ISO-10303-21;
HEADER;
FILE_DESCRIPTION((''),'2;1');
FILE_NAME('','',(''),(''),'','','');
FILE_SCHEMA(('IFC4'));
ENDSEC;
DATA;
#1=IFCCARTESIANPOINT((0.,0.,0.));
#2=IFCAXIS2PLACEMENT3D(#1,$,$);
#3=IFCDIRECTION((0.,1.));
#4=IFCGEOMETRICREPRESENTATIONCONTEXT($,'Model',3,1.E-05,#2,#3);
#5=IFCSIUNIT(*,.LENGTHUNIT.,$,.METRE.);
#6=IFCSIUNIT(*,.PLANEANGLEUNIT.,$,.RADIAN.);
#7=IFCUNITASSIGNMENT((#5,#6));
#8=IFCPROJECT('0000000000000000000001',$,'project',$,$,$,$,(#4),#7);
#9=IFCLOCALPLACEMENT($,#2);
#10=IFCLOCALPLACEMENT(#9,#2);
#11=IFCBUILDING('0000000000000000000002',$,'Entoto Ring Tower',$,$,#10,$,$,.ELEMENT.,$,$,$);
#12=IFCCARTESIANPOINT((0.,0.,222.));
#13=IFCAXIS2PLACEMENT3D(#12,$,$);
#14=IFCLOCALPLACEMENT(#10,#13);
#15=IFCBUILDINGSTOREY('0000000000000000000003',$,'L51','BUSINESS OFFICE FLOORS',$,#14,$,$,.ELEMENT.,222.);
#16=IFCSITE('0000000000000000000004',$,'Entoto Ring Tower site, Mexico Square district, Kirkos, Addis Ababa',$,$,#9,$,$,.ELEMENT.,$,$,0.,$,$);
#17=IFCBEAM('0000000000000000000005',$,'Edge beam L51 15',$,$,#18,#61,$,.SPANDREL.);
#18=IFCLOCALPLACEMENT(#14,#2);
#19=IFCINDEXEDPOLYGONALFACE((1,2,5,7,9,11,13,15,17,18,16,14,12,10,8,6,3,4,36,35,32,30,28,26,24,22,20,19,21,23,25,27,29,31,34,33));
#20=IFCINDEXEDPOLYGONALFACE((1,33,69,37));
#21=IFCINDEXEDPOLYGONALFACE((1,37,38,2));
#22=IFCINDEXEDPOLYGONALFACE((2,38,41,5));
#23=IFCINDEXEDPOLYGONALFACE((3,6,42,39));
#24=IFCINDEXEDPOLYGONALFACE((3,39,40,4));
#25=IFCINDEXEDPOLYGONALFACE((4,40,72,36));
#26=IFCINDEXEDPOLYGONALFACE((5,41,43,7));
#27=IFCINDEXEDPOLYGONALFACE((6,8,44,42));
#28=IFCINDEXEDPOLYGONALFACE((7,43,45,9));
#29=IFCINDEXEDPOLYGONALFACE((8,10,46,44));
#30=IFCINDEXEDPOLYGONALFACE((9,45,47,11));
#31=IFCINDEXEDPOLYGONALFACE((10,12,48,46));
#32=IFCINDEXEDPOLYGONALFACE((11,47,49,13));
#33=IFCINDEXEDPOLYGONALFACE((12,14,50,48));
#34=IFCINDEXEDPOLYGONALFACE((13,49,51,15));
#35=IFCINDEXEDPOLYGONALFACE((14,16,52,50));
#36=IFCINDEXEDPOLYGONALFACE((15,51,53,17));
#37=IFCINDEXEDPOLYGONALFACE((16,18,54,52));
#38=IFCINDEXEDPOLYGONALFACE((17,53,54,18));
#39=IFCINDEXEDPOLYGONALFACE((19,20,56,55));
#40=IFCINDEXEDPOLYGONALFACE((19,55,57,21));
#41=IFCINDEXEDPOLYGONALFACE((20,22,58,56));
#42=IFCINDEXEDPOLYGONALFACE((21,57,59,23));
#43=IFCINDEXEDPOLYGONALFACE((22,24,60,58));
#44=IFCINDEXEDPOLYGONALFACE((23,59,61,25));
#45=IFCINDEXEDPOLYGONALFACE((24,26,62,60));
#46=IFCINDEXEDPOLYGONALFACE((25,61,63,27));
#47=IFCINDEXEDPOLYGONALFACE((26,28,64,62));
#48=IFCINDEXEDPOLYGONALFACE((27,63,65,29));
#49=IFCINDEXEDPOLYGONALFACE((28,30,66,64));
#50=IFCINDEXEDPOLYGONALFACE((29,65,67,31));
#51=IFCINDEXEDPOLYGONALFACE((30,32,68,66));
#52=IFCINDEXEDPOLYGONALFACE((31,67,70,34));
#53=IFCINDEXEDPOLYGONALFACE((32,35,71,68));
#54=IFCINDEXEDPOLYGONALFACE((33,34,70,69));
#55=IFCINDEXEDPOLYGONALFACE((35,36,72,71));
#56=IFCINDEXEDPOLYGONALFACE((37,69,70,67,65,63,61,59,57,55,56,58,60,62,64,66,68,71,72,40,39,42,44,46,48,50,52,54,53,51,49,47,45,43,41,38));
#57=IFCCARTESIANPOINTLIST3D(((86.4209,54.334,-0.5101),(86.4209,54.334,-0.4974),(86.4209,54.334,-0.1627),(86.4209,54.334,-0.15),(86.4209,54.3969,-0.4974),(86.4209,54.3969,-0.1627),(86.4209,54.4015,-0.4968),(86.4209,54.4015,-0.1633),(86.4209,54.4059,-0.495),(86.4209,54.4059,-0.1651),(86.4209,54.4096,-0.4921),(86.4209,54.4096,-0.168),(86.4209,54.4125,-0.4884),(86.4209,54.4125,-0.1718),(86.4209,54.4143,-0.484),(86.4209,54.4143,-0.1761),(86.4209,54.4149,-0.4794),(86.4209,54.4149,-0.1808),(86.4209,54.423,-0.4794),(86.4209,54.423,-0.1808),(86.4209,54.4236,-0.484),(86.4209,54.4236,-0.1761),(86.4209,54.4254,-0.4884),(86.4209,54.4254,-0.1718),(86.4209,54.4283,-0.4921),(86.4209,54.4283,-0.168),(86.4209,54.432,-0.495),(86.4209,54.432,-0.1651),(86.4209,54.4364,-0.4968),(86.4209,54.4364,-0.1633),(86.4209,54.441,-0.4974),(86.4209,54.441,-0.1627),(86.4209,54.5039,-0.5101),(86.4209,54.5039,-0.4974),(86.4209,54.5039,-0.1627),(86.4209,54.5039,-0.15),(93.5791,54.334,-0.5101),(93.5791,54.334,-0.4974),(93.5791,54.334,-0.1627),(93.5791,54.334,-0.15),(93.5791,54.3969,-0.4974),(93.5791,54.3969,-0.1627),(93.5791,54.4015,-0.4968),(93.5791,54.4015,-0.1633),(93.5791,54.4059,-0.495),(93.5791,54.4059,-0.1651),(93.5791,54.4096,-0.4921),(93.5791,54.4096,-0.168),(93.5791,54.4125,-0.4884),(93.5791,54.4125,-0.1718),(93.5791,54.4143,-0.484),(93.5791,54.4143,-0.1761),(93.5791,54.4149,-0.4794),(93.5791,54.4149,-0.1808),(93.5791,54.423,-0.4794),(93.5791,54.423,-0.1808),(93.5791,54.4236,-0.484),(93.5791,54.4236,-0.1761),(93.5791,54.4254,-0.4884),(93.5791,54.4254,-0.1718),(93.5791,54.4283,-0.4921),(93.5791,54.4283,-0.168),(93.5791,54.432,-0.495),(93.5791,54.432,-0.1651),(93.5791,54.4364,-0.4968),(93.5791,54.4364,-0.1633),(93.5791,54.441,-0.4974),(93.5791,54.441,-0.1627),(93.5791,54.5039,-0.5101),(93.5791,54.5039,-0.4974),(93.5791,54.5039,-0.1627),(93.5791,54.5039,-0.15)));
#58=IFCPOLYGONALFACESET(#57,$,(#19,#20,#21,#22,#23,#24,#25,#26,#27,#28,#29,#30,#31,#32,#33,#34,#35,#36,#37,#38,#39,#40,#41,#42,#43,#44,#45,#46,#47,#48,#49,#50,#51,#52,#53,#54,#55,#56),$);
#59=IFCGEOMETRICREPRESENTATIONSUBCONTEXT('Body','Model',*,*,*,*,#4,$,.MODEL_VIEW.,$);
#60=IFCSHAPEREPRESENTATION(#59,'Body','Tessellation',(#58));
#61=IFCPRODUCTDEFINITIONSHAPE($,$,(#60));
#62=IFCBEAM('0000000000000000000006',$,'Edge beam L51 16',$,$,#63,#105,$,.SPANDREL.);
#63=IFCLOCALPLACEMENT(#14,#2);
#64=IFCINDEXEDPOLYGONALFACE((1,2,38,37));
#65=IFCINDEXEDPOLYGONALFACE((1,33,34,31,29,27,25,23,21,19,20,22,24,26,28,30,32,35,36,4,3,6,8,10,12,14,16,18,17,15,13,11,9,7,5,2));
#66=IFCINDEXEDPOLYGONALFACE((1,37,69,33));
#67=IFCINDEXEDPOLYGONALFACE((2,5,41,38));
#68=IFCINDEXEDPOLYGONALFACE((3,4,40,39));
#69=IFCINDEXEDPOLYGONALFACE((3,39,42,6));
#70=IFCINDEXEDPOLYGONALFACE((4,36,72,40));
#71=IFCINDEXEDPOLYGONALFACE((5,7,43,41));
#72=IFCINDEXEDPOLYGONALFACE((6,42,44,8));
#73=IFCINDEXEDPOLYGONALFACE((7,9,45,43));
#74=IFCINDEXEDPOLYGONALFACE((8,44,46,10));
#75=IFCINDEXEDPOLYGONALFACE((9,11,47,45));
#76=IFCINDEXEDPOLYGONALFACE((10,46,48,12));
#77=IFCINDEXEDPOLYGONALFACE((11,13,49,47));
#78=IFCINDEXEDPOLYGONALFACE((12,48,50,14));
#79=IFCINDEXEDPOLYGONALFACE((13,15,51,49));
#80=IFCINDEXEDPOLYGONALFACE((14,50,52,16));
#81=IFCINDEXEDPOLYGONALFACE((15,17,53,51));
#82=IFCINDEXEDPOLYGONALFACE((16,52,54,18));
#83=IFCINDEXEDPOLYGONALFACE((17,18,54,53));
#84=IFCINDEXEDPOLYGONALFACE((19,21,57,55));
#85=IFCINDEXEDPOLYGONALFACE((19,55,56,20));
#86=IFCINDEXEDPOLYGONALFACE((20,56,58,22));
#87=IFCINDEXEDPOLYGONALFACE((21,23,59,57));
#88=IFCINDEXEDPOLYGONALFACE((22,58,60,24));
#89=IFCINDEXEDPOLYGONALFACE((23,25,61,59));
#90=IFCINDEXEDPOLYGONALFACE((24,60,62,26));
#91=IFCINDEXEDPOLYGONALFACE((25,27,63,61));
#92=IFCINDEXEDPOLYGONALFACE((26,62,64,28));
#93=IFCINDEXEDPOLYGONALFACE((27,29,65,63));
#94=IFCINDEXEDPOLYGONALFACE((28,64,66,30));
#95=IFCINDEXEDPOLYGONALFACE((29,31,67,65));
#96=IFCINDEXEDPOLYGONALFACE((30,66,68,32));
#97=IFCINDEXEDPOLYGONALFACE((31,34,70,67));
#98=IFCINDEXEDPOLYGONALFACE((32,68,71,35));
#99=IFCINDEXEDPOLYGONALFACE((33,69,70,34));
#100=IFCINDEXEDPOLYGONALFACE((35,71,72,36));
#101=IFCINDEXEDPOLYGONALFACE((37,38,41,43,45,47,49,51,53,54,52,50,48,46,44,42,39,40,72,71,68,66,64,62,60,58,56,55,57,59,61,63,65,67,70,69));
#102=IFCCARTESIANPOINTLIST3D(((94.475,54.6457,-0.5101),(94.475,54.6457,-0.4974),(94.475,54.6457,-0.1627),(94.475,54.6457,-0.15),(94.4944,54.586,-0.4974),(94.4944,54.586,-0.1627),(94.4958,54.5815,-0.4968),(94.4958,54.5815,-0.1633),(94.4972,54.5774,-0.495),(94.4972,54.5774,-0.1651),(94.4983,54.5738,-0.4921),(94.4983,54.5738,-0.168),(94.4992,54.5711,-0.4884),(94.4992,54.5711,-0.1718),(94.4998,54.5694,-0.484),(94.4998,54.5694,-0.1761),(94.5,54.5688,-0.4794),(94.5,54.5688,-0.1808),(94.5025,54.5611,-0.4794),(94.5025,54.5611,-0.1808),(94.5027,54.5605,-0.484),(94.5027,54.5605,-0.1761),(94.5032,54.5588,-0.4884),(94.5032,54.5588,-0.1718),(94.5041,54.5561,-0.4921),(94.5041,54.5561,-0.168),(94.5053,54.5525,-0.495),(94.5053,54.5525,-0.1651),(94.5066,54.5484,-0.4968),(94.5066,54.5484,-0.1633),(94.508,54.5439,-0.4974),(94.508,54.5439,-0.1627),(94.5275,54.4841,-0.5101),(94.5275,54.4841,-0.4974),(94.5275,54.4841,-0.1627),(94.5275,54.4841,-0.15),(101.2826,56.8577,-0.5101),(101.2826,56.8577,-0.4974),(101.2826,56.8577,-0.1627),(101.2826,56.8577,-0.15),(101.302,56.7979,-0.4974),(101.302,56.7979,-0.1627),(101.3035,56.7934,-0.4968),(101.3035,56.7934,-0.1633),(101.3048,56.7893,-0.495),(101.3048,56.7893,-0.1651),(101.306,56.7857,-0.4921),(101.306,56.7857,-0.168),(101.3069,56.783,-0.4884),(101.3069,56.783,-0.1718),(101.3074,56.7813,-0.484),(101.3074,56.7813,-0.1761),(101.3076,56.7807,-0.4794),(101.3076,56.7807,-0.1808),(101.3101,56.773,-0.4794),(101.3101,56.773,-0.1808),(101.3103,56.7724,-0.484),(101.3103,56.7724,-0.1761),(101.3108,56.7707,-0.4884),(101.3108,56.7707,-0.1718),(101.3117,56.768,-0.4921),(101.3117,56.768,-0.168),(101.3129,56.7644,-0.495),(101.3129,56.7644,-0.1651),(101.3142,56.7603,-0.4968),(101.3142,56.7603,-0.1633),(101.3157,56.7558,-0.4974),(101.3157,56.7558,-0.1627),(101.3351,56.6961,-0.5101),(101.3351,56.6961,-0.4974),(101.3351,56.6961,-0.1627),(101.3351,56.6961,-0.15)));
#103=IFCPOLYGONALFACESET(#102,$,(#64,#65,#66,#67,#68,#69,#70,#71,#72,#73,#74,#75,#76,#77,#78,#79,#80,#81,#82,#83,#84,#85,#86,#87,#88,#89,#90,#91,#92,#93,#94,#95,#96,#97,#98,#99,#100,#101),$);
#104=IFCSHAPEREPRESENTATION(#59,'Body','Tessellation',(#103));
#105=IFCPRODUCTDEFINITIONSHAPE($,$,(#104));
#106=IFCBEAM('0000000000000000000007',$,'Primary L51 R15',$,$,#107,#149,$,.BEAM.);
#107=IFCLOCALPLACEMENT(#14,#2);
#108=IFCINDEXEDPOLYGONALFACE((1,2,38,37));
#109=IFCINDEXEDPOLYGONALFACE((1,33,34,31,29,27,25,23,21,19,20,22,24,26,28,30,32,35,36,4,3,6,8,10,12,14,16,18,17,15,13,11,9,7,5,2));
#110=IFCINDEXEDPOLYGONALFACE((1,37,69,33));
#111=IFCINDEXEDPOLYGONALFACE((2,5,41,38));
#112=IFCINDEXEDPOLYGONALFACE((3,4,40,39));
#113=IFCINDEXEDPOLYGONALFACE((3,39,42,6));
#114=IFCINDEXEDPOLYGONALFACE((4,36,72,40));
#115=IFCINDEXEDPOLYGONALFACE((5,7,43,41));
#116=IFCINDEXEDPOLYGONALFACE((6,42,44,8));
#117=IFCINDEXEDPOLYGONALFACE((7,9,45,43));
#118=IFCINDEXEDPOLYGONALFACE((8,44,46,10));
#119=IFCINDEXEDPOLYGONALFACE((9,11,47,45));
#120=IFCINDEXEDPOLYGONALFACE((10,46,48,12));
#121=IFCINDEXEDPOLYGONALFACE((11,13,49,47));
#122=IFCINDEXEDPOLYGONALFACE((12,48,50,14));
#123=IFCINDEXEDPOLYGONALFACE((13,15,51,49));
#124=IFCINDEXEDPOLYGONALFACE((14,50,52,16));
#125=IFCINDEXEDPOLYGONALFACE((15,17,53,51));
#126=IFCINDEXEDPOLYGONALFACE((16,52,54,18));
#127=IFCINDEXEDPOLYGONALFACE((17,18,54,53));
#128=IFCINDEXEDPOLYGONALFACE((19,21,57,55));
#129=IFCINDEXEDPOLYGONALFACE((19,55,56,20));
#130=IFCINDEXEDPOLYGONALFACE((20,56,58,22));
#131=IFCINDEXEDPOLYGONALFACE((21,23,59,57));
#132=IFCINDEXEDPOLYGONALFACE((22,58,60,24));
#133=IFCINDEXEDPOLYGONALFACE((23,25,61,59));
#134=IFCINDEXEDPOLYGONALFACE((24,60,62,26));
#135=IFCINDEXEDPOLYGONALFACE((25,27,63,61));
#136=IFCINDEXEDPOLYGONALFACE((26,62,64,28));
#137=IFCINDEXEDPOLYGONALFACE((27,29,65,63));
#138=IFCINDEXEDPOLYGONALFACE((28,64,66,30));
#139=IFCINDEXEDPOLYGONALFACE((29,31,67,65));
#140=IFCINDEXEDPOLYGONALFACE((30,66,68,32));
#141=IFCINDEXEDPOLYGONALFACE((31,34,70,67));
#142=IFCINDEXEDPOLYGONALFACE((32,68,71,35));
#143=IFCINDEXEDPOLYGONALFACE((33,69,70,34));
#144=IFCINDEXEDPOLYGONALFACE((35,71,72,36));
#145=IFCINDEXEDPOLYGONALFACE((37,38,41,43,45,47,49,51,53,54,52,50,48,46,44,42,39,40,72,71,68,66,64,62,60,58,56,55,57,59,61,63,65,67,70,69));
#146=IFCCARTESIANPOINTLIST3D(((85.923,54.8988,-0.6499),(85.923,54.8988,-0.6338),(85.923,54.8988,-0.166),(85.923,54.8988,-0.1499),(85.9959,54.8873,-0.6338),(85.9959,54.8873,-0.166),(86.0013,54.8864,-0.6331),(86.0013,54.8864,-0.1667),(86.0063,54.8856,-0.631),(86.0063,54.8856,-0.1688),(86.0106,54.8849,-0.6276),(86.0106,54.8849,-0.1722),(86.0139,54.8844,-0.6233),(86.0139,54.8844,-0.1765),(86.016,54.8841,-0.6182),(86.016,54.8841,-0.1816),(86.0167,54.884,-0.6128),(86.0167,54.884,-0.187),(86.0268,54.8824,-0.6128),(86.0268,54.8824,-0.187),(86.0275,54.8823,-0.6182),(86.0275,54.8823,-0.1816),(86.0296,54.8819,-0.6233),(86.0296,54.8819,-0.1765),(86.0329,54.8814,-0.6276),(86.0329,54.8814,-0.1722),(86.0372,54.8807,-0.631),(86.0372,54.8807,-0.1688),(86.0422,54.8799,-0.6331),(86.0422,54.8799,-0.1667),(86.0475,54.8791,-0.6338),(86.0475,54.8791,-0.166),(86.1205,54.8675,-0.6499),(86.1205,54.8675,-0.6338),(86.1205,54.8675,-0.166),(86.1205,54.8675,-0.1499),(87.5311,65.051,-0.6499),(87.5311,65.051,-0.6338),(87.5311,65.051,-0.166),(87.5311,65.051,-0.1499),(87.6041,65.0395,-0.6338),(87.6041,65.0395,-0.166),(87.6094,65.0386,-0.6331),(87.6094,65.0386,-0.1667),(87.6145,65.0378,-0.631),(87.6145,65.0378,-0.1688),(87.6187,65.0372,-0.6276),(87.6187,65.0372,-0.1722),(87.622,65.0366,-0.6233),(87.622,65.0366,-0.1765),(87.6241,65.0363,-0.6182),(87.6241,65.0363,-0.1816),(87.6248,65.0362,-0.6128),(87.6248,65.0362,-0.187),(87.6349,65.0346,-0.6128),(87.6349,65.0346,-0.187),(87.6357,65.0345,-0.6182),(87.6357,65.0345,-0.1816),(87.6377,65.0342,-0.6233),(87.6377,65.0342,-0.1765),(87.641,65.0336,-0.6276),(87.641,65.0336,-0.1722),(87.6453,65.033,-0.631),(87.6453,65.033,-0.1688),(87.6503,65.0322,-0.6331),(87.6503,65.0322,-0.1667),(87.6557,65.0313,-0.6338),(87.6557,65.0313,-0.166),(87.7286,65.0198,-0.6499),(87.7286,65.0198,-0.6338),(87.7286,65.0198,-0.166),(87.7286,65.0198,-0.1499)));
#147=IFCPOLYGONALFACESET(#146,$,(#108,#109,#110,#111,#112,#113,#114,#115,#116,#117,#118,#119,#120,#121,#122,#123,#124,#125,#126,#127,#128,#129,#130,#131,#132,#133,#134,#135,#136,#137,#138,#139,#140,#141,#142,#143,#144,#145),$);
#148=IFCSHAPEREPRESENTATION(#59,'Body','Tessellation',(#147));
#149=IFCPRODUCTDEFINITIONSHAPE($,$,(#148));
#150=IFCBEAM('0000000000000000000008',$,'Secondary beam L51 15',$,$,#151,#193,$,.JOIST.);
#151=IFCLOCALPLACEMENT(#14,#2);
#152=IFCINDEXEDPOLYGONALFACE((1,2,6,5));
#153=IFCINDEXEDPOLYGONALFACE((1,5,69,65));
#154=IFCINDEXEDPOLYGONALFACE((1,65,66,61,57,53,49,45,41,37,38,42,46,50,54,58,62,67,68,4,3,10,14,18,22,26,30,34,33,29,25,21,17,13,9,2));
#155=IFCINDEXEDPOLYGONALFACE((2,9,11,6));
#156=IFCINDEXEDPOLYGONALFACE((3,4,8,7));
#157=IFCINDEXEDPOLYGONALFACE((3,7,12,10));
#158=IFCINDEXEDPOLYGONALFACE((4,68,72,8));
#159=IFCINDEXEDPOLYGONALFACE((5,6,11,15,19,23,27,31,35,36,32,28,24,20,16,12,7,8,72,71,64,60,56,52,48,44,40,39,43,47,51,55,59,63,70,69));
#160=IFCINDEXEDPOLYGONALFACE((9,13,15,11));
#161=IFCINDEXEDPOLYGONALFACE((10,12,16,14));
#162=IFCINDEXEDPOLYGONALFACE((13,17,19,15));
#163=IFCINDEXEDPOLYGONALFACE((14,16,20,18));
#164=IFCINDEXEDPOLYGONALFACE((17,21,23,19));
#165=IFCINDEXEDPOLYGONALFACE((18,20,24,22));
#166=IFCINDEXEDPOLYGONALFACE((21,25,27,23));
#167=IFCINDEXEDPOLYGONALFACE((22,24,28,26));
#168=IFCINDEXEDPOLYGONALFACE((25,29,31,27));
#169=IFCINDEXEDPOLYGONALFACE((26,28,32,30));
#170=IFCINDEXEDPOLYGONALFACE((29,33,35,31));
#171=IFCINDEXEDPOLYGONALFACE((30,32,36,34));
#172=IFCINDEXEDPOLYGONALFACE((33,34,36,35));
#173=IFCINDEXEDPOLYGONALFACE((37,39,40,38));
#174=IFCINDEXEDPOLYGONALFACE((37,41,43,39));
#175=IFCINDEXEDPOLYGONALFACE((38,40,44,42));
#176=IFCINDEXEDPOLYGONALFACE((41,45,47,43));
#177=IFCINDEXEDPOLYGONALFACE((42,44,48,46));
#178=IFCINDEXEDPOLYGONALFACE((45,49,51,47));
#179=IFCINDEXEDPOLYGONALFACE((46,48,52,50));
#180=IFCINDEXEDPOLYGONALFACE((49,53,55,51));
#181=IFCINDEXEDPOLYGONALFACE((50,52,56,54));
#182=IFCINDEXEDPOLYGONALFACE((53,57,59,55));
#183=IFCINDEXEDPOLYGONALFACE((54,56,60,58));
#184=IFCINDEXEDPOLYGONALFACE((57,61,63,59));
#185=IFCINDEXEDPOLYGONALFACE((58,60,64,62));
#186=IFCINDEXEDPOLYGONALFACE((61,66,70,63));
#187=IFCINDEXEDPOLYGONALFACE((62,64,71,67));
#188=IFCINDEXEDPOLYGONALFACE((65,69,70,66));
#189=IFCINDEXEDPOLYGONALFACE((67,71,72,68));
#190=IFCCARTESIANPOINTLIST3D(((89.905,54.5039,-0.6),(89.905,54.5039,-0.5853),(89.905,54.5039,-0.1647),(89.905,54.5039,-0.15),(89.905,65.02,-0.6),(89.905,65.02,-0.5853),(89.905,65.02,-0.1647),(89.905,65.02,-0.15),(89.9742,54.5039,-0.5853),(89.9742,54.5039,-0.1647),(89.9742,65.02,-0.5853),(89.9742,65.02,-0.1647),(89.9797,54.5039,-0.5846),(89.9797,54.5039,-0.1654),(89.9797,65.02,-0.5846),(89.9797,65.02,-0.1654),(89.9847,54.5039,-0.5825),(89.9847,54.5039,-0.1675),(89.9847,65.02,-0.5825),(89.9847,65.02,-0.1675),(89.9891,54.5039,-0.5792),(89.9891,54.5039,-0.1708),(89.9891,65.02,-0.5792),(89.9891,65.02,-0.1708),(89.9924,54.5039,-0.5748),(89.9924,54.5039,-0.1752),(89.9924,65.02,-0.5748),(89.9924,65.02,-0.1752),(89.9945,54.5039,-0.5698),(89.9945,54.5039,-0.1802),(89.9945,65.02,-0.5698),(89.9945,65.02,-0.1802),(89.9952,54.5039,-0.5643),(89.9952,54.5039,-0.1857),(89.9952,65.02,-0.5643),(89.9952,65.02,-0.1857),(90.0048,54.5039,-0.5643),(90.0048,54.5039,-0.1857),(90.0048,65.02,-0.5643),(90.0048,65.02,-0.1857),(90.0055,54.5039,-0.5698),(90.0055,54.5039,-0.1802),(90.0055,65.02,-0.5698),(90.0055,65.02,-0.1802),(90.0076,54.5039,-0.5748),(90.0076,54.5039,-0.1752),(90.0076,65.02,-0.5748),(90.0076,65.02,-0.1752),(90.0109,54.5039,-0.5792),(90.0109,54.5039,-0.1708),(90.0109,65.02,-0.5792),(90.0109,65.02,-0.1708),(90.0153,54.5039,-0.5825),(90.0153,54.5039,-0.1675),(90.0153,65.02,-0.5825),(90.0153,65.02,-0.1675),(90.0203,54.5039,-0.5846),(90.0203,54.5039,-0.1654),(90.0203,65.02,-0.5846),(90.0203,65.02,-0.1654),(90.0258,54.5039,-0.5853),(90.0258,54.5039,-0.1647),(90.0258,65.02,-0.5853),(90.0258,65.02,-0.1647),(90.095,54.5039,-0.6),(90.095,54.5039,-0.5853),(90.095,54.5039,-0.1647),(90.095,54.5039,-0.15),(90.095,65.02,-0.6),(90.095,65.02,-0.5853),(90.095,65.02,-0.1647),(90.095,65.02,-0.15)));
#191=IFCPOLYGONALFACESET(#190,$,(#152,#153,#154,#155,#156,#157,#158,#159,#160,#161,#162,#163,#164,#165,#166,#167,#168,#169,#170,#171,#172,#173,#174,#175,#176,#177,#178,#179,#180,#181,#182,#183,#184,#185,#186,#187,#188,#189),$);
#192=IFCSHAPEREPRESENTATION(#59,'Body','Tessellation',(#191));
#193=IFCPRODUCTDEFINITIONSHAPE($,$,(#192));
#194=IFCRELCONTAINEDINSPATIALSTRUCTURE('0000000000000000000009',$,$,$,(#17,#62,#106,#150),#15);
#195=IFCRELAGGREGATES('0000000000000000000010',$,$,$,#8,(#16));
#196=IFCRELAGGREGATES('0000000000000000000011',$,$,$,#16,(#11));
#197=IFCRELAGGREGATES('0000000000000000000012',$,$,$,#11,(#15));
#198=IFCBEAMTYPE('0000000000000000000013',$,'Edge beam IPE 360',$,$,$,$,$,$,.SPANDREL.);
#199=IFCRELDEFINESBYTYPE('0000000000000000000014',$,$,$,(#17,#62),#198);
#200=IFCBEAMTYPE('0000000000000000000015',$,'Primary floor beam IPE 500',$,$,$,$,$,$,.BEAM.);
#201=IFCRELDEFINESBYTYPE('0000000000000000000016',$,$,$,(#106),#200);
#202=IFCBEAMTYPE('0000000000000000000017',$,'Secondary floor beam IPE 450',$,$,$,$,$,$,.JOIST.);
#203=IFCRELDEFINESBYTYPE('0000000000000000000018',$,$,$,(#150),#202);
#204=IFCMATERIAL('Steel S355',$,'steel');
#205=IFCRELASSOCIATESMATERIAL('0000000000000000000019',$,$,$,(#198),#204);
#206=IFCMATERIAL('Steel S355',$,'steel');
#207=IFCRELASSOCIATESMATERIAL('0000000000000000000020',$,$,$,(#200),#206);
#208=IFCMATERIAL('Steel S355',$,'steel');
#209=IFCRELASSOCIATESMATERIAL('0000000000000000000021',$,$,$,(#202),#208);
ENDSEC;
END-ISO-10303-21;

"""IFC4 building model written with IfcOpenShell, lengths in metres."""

from ifc_helpers import new_model, si_unit, direction, frame, origin, origin_2d, place, context, subcontext, project, spatial, i_section, extrude, material, material_profile, profile_set, type_object, element, save


model = new_model("IFC4")

# Units and contexts
model_context = context("Model", 3, precision=1e-05, world=origin(), true_north=direction((0.0, 1.0)))
body_context = subcontext(model_context, "Body", "Model", "MODEL_VIEW")
ifc_project = project(units=[si_unit("LENGTHUNIT", "METRE"), si_unit("PLANEANGLEUNIT", "RADIAN")], contexts=[model_context])

# Site, building, storey
site_placement = place(None, origin())
site = spatial("IfcSite", under=ifc_project, at=site_placement, Name="Entoto Ring Tower site, Mexico Square district, Kirkos, Addis Ababa", CompositionType="ELEMENT", RefElevation=0.0)
building_placement = place(site_placement, origin())
building = spatial("IfcBuilding", under=site, at=building_placement, Name="Entoto Ring Tower", CompositionType="ELEMENT")
storey_placement = place(building_placement, frame((0.0, 0.0, 222.0)))
storey = spatial("IfcBuildingStorey", under=building, at=storey_placement, Name="L51", Description="BUSINESS OFFICE FLOORS", CompositionType="ELEMENT", Elevation=222.0)

# Beams
ifc_material_1 = material(Name="Steel S355", Category="steel")
ifc_material_profile_1 = material_profile(ifc_material_1, i_section(OverallWidth=0.1699, OverallDepth=0.3601, WebThickness=0.0081, FlangeThickness=0.0127, FilletRadius=0.0181, at=origin_2d()), Name="IPE 360")
ifc_profile_set_1 = profile_set([ifc_material_profile_1], Name="Steel S355")
beam_type_1 = type_object("IfcBeamType", Name="Edge beam IPE 360", PredefinedType="SPANDREL", material=ifc_profile_set_1)
beam_1_placement = place(storey_placement, frame((86.4209, 54.4189, -0.3301), z_axis=(1.0, 0.0, 0.0), x_axis=(0.0, 1.0, 0.0)))
element("IfcBeam", 1, at=beam_1_placement, inside=storey, type_object=beam_type_1, Name="Edge beam L51 15", PredefinedType="SPANDREL", context=body_context, shape_type="SweptSolid", body=[
    extrude(i_section(OverallWidth=0.1699, OverallDepth=0.3601, WebThickness=0.0081, FlangeThickness=0.0127, FilletRadius=0.0181, at=origin_2d()), origin(), (0.0, 0.0, 1.0), 7.1582),
])
beam_2_placement = place(storey_placement, frame((94.5012, 54.5649, -0.3301), z_axis=(0.951057, 0.309015, 0.0), x_axis=(-0.309015, 0.951057, 0.0)))
element("IfcBeam", 2, at=beam_2_placement, inside=storey, type_object=beam_type_1, Name="Edge beam L51 16", PredefinedType="SPANDREL", context=body_context, shape_type="SweptSolid", body=[
    extrude(i_section(OverallWidth=0.1699, OverallDepth=0.3601, WebThickness=0.0081, FlangeThickness=0.0127, FilletRadius=0.0181, at=origin_2d()), origin(), (0.0, 0.0, 1.0), 7.158),
])
ifc_material_2 = material(Name="Steel S355", Category="steel")
ifc_material_profile_2 = material_profile(ifc_material_2, i_section(OverallWidth=0.2, OverallDepth=0.5, WebThickness=0.0103, FlangeThickness=0.0161, FilletRadius=0.021, at=origin_2d()), Name="IPE 500")
ifc_profile_set_2 = profile_set([ifc_material_profile_2], Name="Steel S355")
beam_type_2 = type_object("IfcBeamType", Name="Primary floor beam IPE 500", PredefinedType="BEAM", material=ifc_profile_set_2)
beam_3_placement = place(storey_placement, frame((87.6299, 65.0354, -0.3999), z_axis=(-0.156452, -0.987686, 0.0), x_axis=(0.987686, -0.156452, 0.0)))
element("IfcBeam", 3, at=beam_3_placement, inside=storey, type_object=beam_type_2, Name="Primary L51 R15", PredefinedType="BEAM", context=body_context, shape_type="SweptSolid", body=[
    extrude(i_section(OverallWidth=0.2, OverallDepth=0.5, WebThickness=0.0103, FlangeThickness=0.0161, FilletRadius=0.021, at=origin_2d()), origin(), (0.0, 0.0, 1.0), 10.2788),
])
ifc_material_3 = material(Name="Steel S355", Category="steel")
ifc_material_profile_3 = material_profile(ifc_material_3, i_section(OverallWidth=0.1899, OverallDepth=0.45, WebThickness=0.0095, FlangeThickness=0.0146, FilletRadius=0.021, at=origin_2d()), Name="IPE 450")
ifc_profile_set_3 = profile_set([ifc_material_profile_3], Name="Steel S355")
beam_type_3 = type_object("IfcBeamType", Name="Secondary floor beam IPE 450", PredefinedType="JOIST", material=ifc_profile_set_3)
beam_4_placement = place(storey_placement, frame((90.0, 65.02, -0.375), z_axis=(0.0, -1.0, 0.0), x_axis=(1.0, 0.0, 0.0)))
element("IfcBeam", 4, at=beam_4_placement, inside=storey, type_object=beam_type_3, Name="Secondary beam L51 15", PredefinedType="JOIST", context=body_context, shape_type="SweptSolid", body=[
    extrude(i_section(OverallWidth=0.1899, OverallDepth=0.45, WebThickness=0.0095, FlangeThickness=0.0146, FilletRadius=0.021, at=origin_2d()), origin(), (0.0, 0.0, 1.0), 10.5161),
])

save(model, "model.ifc")
